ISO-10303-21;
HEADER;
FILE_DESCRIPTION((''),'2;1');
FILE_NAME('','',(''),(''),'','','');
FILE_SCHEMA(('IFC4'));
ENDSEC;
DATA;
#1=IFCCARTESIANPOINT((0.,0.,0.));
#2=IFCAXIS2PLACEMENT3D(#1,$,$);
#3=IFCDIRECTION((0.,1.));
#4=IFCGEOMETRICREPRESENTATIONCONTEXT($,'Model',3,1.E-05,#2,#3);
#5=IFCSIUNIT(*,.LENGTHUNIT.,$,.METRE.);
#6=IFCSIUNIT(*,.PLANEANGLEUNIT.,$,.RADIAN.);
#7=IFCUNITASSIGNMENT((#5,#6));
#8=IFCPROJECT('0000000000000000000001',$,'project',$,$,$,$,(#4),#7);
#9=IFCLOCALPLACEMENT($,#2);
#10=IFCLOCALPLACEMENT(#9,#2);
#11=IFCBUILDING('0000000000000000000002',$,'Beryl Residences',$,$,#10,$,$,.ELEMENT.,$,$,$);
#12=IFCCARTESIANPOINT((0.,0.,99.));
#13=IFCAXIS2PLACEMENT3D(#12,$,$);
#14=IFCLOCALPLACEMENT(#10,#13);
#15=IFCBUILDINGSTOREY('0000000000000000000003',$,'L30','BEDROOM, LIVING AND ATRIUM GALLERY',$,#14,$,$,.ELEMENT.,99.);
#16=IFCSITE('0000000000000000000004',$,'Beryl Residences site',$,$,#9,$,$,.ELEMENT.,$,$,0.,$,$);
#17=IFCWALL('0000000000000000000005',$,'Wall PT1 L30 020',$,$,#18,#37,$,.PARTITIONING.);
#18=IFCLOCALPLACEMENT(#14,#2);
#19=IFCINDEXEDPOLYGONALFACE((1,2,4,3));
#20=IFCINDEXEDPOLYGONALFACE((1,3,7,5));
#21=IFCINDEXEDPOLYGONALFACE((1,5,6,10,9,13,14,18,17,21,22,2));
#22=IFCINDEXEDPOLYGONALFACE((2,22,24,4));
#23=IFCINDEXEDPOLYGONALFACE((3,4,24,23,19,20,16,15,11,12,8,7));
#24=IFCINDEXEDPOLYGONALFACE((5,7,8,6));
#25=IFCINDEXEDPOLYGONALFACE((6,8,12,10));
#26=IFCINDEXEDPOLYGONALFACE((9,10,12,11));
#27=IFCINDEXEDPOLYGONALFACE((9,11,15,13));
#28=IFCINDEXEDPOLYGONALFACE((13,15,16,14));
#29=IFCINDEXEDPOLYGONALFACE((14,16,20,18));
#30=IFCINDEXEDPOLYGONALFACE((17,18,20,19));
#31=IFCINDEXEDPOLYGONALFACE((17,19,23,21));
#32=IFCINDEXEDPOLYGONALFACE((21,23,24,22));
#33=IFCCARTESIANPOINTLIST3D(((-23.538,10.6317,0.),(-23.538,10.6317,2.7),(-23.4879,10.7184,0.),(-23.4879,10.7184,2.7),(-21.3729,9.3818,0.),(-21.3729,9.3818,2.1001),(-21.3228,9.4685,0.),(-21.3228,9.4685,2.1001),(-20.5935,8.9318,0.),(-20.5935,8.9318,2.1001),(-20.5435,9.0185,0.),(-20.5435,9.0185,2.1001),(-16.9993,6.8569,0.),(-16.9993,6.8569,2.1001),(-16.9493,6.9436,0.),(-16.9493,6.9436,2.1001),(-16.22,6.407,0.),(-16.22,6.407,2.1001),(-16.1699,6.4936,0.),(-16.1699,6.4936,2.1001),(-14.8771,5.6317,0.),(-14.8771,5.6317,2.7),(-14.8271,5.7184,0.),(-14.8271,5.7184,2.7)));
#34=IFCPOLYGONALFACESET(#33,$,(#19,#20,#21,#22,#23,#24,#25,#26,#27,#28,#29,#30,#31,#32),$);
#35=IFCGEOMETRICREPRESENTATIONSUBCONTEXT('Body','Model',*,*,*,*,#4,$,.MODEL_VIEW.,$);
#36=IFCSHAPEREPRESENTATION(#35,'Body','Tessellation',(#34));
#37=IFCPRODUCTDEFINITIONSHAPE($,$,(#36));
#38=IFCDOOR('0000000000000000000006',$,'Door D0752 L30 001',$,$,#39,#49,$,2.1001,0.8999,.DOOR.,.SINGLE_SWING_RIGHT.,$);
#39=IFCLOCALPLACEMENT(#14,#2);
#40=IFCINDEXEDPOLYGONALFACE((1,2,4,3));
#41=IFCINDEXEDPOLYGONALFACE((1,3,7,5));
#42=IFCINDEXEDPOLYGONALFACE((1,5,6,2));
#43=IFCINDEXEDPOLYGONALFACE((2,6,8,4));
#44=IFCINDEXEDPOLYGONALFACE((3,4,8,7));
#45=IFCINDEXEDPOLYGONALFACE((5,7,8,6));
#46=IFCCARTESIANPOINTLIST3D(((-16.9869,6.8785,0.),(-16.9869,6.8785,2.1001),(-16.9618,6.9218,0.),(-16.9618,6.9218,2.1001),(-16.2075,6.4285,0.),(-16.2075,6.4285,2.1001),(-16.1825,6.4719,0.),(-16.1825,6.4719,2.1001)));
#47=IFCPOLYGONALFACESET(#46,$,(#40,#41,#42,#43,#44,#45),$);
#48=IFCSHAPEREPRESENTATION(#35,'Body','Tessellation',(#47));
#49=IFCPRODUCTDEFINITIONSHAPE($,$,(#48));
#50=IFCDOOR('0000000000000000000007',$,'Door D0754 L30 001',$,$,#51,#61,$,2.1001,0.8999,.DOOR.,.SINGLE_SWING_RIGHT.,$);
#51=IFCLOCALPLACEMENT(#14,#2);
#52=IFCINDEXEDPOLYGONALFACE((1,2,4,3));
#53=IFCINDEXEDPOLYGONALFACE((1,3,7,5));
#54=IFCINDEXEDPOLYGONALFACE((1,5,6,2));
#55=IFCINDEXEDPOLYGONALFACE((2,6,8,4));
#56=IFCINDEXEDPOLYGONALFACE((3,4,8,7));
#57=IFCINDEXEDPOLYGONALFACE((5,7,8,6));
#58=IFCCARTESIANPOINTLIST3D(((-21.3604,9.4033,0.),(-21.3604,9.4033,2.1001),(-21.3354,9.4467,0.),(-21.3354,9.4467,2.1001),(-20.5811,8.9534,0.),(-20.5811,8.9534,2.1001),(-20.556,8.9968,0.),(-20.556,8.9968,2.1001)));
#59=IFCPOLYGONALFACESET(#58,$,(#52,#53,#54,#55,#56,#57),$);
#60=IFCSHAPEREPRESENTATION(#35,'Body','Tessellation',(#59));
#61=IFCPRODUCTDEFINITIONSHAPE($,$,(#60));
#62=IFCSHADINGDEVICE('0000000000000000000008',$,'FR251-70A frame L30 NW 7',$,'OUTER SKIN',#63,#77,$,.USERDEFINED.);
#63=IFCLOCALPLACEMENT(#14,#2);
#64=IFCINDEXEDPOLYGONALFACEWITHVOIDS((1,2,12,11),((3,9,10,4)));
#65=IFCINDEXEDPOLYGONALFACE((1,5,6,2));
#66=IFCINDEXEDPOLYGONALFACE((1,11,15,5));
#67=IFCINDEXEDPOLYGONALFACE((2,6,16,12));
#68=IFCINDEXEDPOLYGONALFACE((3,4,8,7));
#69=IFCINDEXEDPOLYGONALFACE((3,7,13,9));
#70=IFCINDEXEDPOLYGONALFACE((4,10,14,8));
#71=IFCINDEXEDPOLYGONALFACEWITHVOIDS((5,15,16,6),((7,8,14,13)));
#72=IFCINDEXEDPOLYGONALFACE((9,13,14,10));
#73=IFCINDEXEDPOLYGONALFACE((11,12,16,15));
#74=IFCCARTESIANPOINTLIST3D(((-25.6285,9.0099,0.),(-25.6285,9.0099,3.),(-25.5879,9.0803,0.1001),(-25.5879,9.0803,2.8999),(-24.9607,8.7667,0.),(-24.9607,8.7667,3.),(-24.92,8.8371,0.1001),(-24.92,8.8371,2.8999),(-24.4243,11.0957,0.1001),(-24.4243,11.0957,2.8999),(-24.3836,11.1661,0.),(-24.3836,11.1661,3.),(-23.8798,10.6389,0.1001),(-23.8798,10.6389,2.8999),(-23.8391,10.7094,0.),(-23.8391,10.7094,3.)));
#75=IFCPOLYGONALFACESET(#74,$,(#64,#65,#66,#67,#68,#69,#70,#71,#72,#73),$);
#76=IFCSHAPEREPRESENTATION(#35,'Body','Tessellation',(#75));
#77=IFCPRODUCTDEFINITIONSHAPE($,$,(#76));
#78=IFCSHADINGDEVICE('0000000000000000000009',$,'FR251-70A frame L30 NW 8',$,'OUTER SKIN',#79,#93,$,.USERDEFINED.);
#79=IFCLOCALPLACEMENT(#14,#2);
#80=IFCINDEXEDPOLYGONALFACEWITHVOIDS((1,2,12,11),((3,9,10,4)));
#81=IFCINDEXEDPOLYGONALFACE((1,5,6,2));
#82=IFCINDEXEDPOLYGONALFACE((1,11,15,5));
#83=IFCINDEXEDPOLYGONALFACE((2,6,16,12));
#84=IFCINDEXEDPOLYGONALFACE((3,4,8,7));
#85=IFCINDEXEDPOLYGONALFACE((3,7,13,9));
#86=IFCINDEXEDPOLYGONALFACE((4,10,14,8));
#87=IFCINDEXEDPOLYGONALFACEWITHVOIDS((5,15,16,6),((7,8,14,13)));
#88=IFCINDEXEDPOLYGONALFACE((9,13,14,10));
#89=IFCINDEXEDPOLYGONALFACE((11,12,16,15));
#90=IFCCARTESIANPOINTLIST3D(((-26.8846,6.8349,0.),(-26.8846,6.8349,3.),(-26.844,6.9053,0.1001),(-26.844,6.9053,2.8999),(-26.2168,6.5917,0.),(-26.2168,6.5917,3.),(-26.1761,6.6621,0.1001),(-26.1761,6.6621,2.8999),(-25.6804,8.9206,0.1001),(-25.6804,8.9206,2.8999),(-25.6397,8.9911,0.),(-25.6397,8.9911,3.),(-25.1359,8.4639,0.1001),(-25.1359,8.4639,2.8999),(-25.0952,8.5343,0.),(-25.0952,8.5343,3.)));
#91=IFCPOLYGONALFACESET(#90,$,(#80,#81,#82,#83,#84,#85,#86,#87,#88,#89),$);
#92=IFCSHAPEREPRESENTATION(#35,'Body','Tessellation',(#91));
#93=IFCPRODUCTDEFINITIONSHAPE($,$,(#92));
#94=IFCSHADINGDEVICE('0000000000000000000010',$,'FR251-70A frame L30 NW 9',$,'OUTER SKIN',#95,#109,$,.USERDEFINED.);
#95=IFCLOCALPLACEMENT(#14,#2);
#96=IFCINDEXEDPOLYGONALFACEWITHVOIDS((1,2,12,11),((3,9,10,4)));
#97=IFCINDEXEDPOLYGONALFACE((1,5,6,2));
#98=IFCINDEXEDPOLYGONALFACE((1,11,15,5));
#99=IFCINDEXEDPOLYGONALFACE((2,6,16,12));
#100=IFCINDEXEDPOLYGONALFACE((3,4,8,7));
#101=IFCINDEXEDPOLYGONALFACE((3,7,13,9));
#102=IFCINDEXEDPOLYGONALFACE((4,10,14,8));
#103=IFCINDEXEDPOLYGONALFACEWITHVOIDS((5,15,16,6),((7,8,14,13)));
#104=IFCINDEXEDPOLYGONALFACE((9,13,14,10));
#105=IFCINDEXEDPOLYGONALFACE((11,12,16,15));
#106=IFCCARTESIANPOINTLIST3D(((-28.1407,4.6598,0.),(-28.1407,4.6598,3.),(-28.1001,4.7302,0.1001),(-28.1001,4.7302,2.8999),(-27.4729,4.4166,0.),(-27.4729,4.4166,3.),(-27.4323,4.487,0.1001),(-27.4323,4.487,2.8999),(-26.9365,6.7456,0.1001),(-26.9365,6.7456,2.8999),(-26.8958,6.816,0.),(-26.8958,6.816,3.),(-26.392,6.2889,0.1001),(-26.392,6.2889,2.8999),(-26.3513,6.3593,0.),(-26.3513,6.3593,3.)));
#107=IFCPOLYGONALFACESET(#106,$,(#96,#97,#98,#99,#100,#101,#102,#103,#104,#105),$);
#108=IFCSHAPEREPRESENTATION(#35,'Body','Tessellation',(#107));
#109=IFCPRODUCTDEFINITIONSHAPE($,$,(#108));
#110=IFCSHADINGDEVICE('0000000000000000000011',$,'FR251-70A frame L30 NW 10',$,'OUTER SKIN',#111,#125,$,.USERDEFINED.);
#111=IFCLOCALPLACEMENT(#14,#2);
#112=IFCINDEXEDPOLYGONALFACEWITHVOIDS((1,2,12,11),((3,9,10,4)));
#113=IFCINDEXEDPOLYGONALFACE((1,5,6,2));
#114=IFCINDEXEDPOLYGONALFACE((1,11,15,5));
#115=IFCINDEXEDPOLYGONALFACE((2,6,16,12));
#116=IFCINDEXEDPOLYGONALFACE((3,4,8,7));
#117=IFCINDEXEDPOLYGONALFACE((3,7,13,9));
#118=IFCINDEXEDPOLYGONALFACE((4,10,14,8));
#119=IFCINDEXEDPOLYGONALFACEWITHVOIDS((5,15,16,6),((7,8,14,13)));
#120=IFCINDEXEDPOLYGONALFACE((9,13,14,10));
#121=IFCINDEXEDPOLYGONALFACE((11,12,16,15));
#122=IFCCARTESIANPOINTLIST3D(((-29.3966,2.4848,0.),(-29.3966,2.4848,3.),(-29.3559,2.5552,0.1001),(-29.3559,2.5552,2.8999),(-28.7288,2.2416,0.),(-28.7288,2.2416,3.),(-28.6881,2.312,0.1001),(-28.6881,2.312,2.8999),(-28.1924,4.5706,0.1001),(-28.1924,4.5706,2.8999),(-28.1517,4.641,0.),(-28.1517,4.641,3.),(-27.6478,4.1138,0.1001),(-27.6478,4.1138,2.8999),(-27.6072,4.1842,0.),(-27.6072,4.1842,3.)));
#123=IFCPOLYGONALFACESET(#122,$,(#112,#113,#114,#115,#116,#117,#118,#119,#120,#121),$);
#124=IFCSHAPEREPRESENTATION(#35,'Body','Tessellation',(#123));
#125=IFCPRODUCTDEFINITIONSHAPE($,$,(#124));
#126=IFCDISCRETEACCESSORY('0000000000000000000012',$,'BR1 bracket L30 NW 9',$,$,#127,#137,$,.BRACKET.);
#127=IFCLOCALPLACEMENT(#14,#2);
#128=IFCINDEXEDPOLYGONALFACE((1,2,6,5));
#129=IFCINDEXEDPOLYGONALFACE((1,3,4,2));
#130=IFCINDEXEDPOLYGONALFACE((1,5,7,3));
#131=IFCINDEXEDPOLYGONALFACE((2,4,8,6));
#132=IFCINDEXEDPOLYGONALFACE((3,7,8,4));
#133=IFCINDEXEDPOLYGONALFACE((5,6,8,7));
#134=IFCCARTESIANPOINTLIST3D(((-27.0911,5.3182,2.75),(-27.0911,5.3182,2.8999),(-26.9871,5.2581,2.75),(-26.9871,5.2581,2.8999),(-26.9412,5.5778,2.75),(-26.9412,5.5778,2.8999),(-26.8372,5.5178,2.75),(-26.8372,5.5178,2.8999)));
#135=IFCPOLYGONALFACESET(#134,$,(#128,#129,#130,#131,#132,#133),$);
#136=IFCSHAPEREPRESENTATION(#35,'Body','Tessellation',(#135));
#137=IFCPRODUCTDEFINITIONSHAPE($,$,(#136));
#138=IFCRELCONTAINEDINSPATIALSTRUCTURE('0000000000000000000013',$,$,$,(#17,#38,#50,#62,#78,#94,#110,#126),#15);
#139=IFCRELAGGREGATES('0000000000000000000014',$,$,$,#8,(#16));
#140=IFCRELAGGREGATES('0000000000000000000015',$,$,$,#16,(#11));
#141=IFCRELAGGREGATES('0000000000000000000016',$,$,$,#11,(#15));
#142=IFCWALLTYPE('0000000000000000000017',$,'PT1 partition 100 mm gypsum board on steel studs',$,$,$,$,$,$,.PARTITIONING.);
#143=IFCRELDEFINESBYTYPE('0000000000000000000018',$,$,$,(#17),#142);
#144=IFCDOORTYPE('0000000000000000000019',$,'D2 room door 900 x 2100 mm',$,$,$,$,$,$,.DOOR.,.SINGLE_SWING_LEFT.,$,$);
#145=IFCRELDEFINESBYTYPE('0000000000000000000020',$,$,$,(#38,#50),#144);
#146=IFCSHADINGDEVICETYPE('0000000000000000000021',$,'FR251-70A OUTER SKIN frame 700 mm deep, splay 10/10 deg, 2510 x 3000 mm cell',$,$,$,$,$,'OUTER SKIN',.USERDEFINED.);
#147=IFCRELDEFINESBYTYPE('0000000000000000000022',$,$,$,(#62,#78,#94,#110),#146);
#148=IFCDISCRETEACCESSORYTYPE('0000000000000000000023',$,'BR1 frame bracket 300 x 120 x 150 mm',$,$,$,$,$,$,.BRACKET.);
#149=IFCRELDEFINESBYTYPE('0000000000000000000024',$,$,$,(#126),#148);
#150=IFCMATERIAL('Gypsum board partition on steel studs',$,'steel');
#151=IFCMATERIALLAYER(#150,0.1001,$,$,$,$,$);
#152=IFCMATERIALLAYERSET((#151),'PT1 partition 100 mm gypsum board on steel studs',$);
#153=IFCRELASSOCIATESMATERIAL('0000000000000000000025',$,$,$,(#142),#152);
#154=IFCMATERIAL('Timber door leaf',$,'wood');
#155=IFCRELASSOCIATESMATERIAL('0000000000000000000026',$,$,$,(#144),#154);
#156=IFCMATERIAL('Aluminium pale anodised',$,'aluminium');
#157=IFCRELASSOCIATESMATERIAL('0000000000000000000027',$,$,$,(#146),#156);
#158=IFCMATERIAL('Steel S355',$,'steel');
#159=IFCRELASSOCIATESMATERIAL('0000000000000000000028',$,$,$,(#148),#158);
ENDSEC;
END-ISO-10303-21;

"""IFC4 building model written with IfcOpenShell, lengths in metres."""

from ifc_helpers import new_model, entity, si_unit, direction, frame, frame_2d, origin, place, context, subcontext, project, spatial, polyline, rectangle, outline, extrude, source, transform, mapped, material, layer, layer_set, type_object, type_shapes, element, fill, save


model = new_model("IFC4")

# Units and contexts
model_context = context("Model", 3, precision=1e-05, world=origin(), true_north=direction((0.0, 1.0)))
body_context = subcontext(model_context, "Body", "Model", "MODEL_VIEW")
ifc_project = project(units=[si_unit("LENGTHUNIT", "METRE"), si_unit("PLANEANGLEUNIT", "RADIAN")], contexts=[model_context])

# Site, building, storey
site_placement = place(None, origin())
site = spatial("IfcSite", under=ifc_project, at=site_placement, Name="Beryl Residences site", CompositionType="ELEMENT", RefElevation=0.0)
building_placement = place(site_placement, origin())
building = spatial("IfcBuilding", under=site, at=building_placement, Name="Beryl Residences", CompositionType="ELEMENT")
storey_placement = place(building_placement, frame((0.0, 0.0, 99.0)))
storey = spatial("IfcBuildingStorey", under=building, at=storey_placement, Name="L30", Description="BEDROOM, LIVING AND ATRIUM GALLERY", CompositionType="ELEMENT", Elevation=99.0)

# Wall, openings, doors
ifc_material_1 = material(Name="Gypsum board partition on steel studs", Category="steel")
ifc_layer_1 = layer(ifc_material_1, 0.1001)
ifc_layer_set_1 = layer_set([ifc_layer_1], Name="PT1 partition 100 mm gypsum board on steel studs")
wall_type_1 = type_object("IfcWallType", Name="PT1 partition 100 mm gypsum board on steel studs", PredefinedType="PARTITIONING", material=ifc_layer_set_1)
ifc_material_2 = material(Name="Timber door leaf", Category="wood")
door_type_1 = type_object("IfcDoorType", Name="D2 room door 900 x 2100 mm", OperationType="SINGLE_SWING_LEFT", PredefinedType="DOOR", material=ifc_material_2)
wall_1_placement = place(storey_placement, frame((-23.5129, 10.675, 0.0), z_axis=(0.0, 0.0, 1.0), x_axis=(0.866041, -0.499973, 0.0)))
wall_1 = element("IfcWall", 1, at=wall_1_placement, inside=storey, type_object=wall_type_1, Name="Wall PT1 L30 020", PredefinedType="PARTITIONING", context=body_context, shape_type="SweptSolid", body=[
    extrude(rectangle(XDim=10.0005, YDim=0.1001, at=frame_2d((5.0002, 0.0))), origin(), (0.0, 0.0, 1.0), 2.7),
])
opening_1_placement = place(wall_1_placement, frame((7.55, 0.0, 0.0)))
opening_1 = element("IfcOpeningElement", 2, at=opening_1_placement, cuts=wall_1, PredefinedType="OPENING", context=body_context, shape_type="SweptSolid", body=[
    extrude(rectangle(XDim=0.8999, YDim=2.1001, at=frame_2d((0.45, 1.05))), frame((0.0, 0.0601, 0.0), z_axis=(0.0, -1.0, 0.0), x_axis=(1.0, 0.0, 0.0)), (0.0, 0.0, 1.0), 0.1201),
])
opening_2_placement = place(wall_1_placement, frame((2.5, 0.0, 0.0)))
opening_2 = element("IfcOpeningElement", 3, at=opening_2_placement, cuts=wall_1, PredefinedType="OPENING", context=body_context, shape_type="SweptSolid", body=[
    extrude(rectangle(XDim=0.8999, YDim=2.1001, at=frame_2d((0.45, 1.05))), frame((0.0, 0.0601, 0.0), z_axis=(0.0, -1.0, 0.0), x_axis=(1.0, 0.0, 0.0)), (0.0, 0.0, 1.0), 0.1201),
])
door_1_placement = place(opening_1_placement, origin())
door_1 = element("IfcDoor", 4, at=door_1_placement, inside=storey, type_object=door_type_1, Name="Door D0752 L30 001", OperationType="SINGLE_SWING_RIGHT", OverallHeight=2.1001, OverallWidth=0.8999, PredefinedType="DOOR", context=body_context, shape_type="SweptSolid", body=[
    extrude(rectangle(XDim=0.8999, YDim=2.1001, at=frame_2d((0.45, 1.05))), frame((0.0, 0.0249, 0.0), z_axis=(0.0, -1.0, 0.0), x_axis=(1.0, 0.0, 0.0)), (0.0, 0.0, 1.0), 0.05),
])
fill(opening_1, door_1)
door_2_placement = place(opening_2_placement, origin())
door_2 = element("IfcDoor", 5, at=door_2_placement, inside=storey, type_object=door_type_1, Name="Door D0754 L30 001", OperationType="SINGLE_SWING_RIGHT", OverallHeight=2.1001, OverallWidth=0.8999, PredefinedType="DOOR", context=body_context, shape_type="SweptSolid", body=[
    extrude(rectangle(XDim=0.8999, YDim=2.1001, at=frame_2d((0.45, 1.05))), frame((0.0, 0.0249, 0.0), z_axis=(0.0, -1.0, 0.0), x_axis=(1.0, 0.0, 0.0)), (0.0, 0.0, 1.0), 0.05),
])
fill(opening_2, door_2)

# Shading devices
ifc_material_3 = material(Name="Aluminium pale anodised", Category="aluminium")
shading_device_type = type_object("IfcShadingDeviceType", Name="FR251-70A OUTER SKIN frame 700 mm deep, splay 10/10 deg, 2510 x 3000 mm cell", ElementType="OUTER SKIN", PredefinedType="USERDEFINED", material=ifc_material_3)
cartesian_point_1 = entity("IfcCartesianPoint", [-1.1216, 0.0])
cartesian_point_2 = entity("IfcCartesianPoint", [-1.0403, 0.1001])
cartesian_point_3 = entity("IfcCartesianPoint", [-1.2449, 0.0])
cartesian_point_4 = entity("IfcCartesianPoint", [-1.1636, 0.1001])
shared_shape_1 = source(origin(), body_context, "Body", "SweptSolid", [
    entity("IfcExtrudedAreaSolidTapered", entity("IfcArbitraryProfileDefWithVoids", "AREA", None, entity("IfcPolyline", [cartesian_point_1, entity("IfcCartesianPoint", [1.1216, 0.0]), entity("IfcCartesianPoint", [1.1216, 3.0]), entity("IfcCartesianPoint", [-1.1216, 3.0]), cartesian_point_1]), [entity("IfcPolyline", [cartesian_point_2, entity("IfcCartesianPoint", [1.0403, 0.1001]), entity("IfcCartesianPoint", [1.0403, 2.8999]), entity("IfcCartesianPoint", [-1.0403, 2.8999]), cartesian_point_2])]), entity("IfcAxis2Placement3D", entity("IfcCartesianPoint", [0.0, 0.0, 0.0]), entity("IfcDirection", [0.0, 1.0, 0.0]), entity("IfcDirection", [-1.0, 0.0, 0.0])), entity("IfcDirection", [0.0, 0.0, 1.0]), 0.7, entity("IfcArbitraryProfileDefWithVoids", "AREA", None, entity("IfcPolyline", [cartesian_point_3, entity("IfcCartesianPoint", [1.2449, 0.0]), entity("IfcCartesianPoint", [1.2449, 3.0]), entity("IfcCartesianPoint", [-1.2449, 3.0]), cartesian_point_3]), [entity("IfcPolyline", [cartesian_point_4, entity("IfcCartesianPoint", [1.1636, 0.1001]), entity("IfcCartesianPoint", [1.1636, 2.8999]), entity("IfcCartesianPoint", [-1.1636, 2.8999]), cartesian_point_4])])),
])
type_shapes(shading_device_type, [shared_shape_1])
for number, where, z_axis, x_axis, name in (
    (6, (-24.3999, 9.738, 0.0), (0.0, 0.0, 1.0), (0.5, 0.866025, 0.0), "FR251-70A frame L30 NW 7"),
    (7, (-25.656, 7.563, 0.0), (0.0, 0.0, 1.0), (0.5, 0.866025, 0.0), "FR251-70A frame L30 NW 8"),
    (8, (-26.9121, 5.3879, 0.0), (0.0, 0.0, 1.0), (0.5, 0.866025, 0.0), "FR251-70A frame L30 NW 9"),
    (9, (-28.168, 3.2129, 0.0), (0.0, 0.0, 1.0), (0.5, 0.866025, 0.0), "FR251-70A frame L30 NW 10"),
):
    element("IfcShadingDevice", number, at=place(storey_placement, frame(where, z_axis=z_axis, x_axis=x_axis)), inside=storey, type_object=shading_device_type, Name=name, ObjectType="OUTER SKIN", PredefinedType="USERDEFINED", context=body_context, shape_type="MappedRepresentation", body=[
        mapped(shared_shape_1, transform((0.0, 0.0, 0.0))),
    ])

# Discrete accessory
ifc_material_4 = material(Name="Steel S355", Category="steel")
discrete_accessory_type = type_object("IfcDiscreteAccessoryType", Name="BR1 frame bracket 300 x 120 x 150 mm", PredefinedType="BRACKET", material=ifc_material_4)
shared_shape_2 = source(origin(), body_context, "Body", "SweptSolid", [
    extrude(outline(polyline([(-0.1499, 0.0), (0.1499, 0.0), (0.1499, 0.1201), (-0.1499, 0.1201), (-0.1499, 0.0)])), origin(), (0.0, 0.0, 1.0), 0.1499),
])
type_shapes(discrete_accessory_type, [shared_shape_2])
discrete_accessory_placement = place(storey_placement, frame((-26.9121, 5.3879, 2.75), z_axis=(0.0, 0.0, 1.0), x_axis=(0.5, 0.866025, 0.0)))
element("IfcDiscreteAccessory", 10, at=discrete_accessory_placement, inside=storey, type_object=discrete_accessory_type, Name="BR1 bracket L30 NW 9", PredefinedType="BRACKET", context=body_context, shape_type="MappedRepresentation", body=[
    mapped(shared_shape_2, transform((0.0, 0.0, 0.0))),
])

save(model, "model.ifc")
